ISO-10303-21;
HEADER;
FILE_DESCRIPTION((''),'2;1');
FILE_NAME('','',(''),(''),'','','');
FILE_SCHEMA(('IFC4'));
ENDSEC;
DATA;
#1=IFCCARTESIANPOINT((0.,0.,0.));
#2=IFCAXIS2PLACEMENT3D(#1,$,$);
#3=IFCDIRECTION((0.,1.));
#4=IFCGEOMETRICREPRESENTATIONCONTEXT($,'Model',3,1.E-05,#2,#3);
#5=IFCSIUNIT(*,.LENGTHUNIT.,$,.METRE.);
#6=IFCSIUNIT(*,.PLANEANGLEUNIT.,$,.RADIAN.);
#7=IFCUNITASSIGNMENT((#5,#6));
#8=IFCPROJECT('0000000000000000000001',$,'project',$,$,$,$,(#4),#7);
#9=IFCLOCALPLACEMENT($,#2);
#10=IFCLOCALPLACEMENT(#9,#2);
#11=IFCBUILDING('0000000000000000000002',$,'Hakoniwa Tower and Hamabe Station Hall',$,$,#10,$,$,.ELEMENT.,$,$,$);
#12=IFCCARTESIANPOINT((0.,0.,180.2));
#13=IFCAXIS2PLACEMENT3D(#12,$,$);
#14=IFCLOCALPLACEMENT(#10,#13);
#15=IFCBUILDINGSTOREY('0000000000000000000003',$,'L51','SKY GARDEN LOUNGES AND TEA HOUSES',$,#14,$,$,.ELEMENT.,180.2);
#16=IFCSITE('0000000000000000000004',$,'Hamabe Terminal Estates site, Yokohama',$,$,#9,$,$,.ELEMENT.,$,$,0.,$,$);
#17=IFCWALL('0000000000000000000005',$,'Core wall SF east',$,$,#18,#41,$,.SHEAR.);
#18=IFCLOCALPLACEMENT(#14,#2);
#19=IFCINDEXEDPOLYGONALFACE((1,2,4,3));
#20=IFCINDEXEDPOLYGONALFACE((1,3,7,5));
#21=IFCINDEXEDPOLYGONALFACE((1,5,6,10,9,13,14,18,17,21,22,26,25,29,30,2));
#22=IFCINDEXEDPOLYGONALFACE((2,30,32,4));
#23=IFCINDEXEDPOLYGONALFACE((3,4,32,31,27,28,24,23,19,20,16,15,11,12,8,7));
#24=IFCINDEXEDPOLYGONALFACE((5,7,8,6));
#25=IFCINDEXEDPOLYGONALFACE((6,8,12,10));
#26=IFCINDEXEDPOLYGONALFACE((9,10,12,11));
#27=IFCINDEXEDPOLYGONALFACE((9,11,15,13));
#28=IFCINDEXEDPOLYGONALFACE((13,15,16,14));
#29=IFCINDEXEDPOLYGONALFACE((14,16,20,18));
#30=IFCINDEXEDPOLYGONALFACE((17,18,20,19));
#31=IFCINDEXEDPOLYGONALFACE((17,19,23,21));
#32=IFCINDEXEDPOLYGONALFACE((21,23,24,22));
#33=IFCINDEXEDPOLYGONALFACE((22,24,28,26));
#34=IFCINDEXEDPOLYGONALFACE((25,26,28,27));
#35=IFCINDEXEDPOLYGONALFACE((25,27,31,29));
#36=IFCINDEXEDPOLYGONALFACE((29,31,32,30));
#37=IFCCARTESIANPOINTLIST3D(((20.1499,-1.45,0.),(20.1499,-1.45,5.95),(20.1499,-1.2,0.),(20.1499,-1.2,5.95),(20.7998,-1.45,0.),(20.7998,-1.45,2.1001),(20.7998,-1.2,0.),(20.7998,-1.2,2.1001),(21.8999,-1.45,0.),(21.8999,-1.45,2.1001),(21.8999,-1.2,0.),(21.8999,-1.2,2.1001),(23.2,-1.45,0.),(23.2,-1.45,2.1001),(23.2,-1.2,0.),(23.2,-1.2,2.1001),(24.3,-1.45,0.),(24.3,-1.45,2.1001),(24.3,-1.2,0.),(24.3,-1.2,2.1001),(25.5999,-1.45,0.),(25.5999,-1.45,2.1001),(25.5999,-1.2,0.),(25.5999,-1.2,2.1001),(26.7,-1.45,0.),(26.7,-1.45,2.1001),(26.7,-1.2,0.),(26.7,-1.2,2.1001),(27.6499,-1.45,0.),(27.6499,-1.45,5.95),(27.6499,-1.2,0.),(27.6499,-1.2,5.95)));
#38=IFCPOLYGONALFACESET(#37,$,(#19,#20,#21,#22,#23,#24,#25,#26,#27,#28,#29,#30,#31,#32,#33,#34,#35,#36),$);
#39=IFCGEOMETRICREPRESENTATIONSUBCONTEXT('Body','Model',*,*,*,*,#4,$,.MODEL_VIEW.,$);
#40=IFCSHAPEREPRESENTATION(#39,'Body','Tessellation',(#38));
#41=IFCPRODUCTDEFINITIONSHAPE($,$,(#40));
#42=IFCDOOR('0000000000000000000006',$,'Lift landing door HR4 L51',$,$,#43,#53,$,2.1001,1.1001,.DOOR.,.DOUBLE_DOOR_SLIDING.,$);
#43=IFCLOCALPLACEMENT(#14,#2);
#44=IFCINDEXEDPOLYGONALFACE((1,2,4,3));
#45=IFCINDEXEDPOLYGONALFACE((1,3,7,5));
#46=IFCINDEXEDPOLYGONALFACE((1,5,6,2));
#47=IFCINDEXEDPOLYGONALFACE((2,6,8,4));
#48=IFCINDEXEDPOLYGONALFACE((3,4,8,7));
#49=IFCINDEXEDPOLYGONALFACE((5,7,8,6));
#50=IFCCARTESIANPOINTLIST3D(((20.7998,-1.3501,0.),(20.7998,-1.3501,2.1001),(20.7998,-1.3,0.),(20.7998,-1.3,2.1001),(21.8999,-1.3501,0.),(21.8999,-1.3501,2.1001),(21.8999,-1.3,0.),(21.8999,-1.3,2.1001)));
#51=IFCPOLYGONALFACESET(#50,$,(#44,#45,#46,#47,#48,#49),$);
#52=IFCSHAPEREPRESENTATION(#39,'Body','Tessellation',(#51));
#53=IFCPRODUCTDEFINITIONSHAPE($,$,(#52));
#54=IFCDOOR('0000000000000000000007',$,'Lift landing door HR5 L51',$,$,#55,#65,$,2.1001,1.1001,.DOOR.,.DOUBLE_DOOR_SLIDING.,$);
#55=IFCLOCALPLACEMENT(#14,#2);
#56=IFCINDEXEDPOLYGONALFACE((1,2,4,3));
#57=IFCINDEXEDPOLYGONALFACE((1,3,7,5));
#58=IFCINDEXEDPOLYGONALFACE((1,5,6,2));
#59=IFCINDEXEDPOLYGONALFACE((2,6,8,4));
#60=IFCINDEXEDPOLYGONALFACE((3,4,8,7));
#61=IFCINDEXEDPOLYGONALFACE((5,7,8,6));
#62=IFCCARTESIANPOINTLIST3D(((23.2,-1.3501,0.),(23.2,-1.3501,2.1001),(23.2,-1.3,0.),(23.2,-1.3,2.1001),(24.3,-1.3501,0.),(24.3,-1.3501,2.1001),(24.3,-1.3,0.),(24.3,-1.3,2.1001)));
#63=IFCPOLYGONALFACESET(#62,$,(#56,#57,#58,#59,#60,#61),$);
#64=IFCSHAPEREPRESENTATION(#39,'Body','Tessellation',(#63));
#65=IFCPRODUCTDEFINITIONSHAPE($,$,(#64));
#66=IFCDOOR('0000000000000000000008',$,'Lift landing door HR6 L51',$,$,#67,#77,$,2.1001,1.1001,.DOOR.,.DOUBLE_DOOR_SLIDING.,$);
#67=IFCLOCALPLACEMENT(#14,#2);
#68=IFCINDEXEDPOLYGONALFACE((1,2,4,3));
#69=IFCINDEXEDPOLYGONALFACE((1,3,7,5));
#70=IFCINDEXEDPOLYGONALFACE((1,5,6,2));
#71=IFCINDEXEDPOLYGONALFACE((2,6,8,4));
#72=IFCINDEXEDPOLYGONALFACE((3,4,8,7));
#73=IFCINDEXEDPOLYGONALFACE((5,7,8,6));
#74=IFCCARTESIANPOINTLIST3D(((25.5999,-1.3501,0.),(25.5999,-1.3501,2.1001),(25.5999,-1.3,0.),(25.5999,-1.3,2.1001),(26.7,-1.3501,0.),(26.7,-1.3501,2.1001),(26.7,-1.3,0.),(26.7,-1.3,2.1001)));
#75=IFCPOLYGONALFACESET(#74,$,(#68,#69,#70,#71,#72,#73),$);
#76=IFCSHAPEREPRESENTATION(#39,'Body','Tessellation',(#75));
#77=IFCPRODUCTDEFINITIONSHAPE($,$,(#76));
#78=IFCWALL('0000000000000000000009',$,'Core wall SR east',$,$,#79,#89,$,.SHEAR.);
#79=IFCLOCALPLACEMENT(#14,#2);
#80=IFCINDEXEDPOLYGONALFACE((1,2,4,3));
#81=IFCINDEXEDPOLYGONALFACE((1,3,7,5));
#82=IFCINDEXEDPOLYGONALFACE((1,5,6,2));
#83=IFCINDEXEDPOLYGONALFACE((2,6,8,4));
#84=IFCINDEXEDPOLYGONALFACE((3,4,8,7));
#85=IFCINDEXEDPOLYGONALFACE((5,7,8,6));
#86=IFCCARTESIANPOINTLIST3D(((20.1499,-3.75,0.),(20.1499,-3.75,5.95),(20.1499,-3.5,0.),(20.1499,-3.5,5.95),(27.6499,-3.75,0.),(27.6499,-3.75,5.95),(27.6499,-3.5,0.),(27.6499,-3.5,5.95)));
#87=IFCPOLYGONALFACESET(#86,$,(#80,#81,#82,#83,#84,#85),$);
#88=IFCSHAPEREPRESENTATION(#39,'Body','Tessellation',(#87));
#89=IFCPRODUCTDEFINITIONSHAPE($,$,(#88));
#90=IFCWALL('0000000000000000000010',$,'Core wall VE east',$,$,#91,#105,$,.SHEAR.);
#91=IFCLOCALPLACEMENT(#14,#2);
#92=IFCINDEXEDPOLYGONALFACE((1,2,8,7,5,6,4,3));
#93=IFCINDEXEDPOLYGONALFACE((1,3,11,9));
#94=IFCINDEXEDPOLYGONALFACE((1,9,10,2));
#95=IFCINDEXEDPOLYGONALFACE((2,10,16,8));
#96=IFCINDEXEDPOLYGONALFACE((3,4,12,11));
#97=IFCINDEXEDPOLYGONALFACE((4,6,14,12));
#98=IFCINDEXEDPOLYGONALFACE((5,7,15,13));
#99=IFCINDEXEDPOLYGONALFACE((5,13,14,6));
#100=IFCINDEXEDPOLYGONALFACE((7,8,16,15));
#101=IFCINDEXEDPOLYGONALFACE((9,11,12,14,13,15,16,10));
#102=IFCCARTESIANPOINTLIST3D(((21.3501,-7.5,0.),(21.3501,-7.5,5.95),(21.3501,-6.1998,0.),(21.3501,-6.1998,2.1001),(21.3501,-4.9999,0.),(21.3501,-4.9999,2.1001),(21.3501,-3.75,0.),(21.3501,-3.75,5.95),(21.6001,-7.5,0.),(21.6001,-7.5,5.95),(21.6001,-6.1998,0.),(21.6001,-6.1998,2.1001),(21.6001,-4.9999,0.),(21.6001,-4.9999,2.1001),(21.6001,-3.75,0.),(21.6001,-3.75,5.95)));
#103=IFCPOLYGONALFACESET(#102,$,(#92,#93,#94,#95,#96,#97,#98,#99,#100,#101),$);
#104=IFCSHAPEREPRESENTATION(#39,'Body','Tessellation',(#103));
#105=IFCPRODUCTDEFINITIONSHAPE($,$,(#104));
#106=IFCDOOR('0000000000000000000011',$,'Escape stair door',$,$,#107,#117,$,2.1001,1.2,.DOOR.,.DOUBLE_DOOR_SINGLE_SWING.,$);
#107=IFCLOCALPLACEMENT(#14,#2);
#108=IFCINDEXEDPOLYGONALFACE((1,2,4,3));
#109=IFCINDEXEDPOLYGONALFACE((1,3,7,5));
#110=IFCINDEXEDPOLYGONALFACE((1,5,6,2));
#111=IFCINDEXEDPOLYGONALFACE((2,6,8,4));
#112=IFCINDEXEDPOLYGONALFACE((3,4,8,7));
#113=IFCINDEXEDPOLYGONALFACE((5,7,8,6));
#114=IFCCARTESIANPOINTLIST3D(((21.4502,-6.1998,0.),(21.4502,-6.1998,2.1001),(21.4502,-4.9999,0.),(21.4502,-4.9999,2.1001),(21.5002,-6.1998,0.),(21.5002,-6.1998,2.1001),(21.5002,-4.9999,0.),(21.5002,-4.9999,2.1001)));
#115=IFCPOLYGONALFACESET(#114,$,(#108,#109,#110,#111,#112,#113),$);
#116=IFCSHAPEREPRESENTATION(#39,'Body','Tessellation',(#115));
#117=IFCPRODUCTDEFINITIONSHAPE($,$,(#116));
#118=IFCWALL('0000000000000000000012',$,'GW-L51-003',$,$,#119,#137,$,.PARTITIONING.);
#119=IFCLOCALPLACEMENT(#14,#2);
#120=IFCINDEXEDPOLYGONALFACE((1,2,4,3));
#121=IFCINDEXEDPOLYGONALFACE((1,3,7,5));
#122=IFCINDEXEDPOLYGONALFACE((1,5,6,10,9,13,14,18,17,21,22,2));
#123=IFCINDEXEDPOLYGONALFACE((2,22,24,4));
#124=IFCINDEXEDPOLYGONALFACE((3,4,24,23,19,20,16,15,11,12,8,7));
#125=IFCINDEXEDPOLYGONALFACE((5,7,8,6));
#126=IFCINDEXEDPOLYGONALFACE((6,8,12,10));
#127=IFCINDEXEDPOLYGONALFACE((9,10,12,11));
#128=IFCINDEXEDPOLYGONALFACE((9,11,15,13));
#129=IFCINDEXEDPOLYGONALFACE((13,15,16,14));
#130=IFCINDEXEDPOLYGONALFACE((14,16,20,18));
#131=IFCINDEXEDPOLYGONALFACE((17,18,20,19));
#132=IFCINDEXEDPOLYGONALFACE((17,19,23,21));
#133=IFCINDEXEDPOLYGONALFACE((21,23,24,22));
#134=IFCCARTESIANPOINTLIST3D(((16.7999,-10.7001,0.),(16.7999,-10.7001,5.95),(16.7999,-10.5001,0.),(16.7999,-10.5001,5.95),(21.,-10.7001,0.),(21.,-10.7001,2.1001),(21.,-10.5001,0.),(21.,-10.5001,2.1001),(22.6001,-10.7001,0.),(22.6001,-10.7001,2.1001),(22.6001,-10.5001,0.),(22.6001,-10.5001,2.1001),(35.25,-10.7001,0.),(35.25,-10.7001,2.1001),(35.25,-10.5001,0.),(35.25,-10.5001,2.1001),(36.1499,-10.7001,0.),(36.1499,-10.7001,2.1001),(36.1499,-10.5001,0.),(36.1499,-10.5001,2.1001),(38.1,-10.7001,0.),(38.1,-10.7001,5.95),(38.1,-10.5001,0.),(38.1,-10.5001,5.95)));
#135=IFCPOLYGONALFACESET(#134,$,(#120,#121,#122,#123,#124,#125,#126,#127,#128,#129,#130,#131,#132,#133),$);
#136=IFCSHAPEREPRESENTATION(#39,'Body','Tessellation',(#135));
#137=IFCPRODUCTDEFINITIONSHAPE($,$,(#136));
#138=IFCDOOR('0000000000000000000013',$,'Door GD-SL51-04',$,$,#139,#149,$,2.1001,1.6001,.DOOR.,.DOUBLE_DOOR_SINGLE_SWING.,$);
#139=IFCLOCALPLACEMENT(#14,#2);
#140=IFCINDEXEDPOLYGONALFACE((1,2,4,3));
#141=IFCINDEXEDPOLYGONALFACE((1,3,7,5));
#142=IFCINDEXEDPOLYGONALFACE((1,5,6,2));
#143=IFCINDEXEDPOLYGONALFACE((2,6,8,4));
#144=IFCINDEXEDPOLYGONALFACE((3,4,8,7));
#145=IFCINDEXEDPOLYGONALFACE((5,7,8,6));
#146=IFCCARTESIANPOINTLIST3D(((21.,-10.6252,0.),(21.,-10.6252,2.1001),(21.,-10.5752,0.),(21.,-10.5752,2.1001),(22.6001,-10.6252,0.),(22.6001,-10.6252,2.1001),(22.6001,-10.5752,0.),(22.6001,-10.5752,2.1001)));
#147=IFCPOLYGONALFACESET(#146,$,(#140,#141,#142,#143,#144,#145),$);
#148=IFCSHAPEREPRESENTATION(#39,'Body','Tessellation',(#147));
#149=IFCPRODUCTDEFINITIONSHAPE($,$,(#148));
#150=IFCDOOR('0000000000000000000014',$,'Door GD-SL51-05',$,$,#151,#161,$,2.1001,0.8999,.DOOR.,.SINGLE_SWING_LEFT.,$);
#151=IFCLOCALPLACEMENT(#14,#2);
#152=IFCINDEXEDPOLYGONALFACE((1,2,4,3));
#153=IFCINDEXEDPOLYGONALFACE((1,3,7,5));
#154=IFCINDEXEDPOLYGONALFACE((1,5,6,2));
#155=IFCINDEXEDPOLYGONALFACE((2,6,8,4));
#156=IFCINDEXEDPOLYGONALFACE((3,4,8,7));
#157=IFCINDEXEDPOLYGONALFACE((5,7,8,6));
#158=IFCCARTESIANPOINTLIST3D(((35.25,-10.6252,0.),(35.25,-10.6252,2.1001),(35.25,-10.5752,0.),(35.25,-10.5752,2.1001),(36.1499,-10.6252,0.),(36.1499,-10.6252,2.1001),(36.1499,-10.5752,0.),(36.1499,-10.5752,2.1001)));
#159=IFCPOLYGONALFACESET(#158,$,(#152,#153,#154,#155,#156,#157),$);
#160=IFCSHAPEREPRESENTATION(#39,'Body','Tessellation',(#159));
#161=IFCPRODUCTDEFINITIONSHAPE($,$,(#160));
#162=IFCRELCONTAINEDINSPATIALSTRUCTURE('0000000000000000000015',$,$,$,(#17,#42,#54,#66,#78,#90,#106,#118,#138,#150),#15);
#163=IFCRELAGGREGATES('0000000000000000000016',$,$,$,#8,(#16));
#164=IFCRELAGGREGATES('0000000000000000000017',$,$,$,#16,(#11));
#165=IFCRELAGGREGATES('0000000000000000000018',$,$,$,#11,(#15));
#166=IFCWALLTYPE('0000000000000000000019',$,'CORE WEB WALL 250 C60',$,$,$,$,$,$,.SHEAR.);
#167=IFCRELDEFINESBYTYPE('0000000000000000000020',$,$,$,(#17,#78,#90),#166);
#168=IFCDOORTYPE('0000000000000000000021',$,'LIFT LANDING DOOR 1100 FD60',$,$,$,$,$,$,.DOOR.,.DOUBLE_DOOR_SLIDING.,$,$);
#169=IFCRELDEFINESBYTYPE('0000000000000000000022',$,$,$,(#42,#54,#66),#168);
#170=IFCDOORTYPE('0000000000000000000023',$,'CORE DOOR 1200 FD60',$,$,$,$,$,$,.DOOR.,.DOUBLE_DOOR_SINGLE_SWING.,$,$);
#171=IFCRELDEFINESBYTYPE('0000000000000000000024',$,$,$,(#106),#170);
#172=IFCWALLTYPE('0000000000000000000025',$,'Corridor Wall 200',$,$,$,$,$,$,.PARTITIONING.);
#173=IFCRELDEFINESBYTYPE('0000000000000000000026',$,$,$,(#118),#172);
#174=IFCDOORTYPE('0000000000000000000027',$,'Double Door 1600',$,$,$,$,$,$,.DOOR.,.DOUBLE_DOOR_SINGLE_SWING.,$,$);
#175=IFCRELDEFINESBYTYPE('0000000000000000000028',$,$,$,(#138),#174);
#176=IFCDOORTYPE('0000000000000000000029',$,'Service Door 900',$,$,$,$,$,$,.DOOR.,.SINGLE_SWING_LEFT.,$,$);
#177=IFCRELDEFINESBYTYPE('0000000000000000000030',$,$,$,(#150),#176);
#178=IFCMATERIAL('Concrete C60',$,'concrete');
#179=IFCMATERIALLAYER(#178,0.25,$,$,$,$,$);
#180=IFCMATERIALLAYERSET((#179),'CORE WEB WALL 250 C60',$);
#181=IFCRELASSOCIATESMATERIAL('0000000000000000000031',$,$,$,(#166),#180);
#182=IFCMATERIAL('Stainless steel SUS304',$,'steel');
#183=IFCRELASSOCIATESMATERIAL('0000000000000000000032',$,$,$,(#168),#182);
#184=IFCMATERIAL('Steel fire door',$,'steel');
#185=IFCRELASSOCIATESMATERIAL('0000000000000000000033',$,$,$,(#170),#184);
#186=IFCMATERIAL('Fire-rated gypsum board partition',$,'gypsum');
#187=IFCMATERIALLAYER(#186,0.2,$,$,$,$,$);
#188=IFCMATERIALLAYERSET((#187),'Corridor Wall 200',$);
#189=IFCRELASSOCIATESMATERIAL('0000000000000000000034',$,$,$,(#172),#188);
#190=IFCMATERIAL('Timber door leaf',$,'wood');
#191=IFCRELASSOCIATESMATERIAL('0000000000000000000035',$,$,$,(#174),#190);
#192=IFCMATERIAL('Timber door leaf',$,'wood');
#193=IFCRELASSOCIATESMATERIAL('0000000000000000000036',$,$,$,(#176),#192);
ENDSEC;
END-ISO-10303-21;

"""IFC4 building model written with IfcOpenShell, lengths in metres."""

from ifc_helpers import new_model, si_unit, direction, frame, frame_2d, origin, place, context, subcontext, project, spatial, rectangle, extrude, material, layer, layer_set, type_object, element, fill, save


model = new_model("IFC4")

# Units and contexts
model_context = context("Model", 3, precision=1e-05, world=origin(), true_north=direction((0.0, 1.0)))
body_context = subcontext(model_context, "Body", "Model", "MODEL_VIEW")
ifc_project = project(units=[si_unit("LENGTHUNIT", "METRE"), si_unit("PLANEANGLEUNIT", "RADIAN")], contexts=[model_context])

# Site, building, storey
site_placement = place(None, origin())
site = spatial("IfcSite", under=ifc_project, at=site_placement, Name="Hamabe Terminal Estates site, Yokohama", CompositionType="ELEMENT", RefElevation=0.0)
building_placement = place(site_placement, origin())
building = spatial("IfcBuilding", under=site, at=building_placement, Name="Hakoniwa Tower and Hamabe Station Hall", CompositionType="ELEMENT")
storey_placement = place(building_placement, frame((0.0, 0.0, 180.2)))
storey = spatial("IfcBuildingStorey", under=building, at=storey_placement, Name="L51", Description="SKY GARDEN LOUNGES AND TEA HOUSES", CompositionType="ELEMENT", Elevation=180.2)

# Shared definitions
ifc_material_1 = material(Name="Concrete C60", Category="concrete")
ifc_layer_1 = layer(ifc_material_1, 0.25)
ifc_layer_set_1 = layer_set([ifc_layer_1], Name="CORE WEB WALL 250 C60")
wall_type_1 = type_object("IfcWallType", Name="CORE WEB WALL 250 C60", PredefinedType="SHEAR", material=ifc_layer_set_1)

# Wall, openings, doors
wall_1_placement = place(storey_placement, frame((20.1499, -1.325, 0.0), z_axis=(0.0, 0.0, 1.0), x_axis=(1.0, 0.0, 0.0)))
wall_1 = element("IfcWall", 1, at=wall_1_placement, inside=storey, type_object=wall_type_1, Name="Core wall SF east", PredefinedType="SHEAR", context=body_context, shape_type="SweptSolid", body=[
    extrude(rectangle(XDim=7.5, YDim=0.25, at=frame_2d((3.75, 0.0))), origin(), (0.0, 0.0, 1.0), 5.95),
])
opening_1_placement = place(wall_1_placement, frame((0.6499, 0.0, 0.0)))
opening_1 = element("IfcOpeningElement", 2, at=opening_1_placement, cuts=wall_1, PredefinedType="OPENING", context=body_context, shape_type="SweptSolid", body=[
    extrude(rectangle(XDim=1.1001, YDim=2.1001, at=frame_2d((0.55, 1.05))), frame((0.0, 0.135, 0.0), z_axis=(0.0, -1.0, 0.0), x_axis=(1.0, 0.0, 0.0)), (0.0, 0.0, 1.0), 0.27),
])
opening_2_placement = place(wall_1_placement, frame((3.05, 0.0, 0.0)))
opening_2 = element("IfcOpeningElement", 3, at=opening_2_placement, cuts=wall_1, PredefinedType="OPENING", context=body_context, shape_type="SweptSolid", body=[
    extrude(rectangle(XDim=1.1001, YDim=2.1001, at=frame_2d((0.55, 1.05))), frame((0.0, 0.135, 0.0), z_axis=(0.0, -1.0, 0.0), x_axis=(1.0, 0.0, 0.0)), (0.0, 0.0, 1.0), 0.27),
])
opening_3_placement = place(wall_1_placement, frame((5.45, 0.0, 0.0)))
opening_3 = element("IfcOpeningElement", 4, at=opening_3_placement, cuts=wall_1, PredefinedType="OPENING", context=body_context, shape_type="SweptSolid", body=[
    extrude(rectangle(XDim=1.1001, YDim=2.1001, at=frame_2d((0.55, 1.05))), frame((0.0, 0.135, 0.0), z_axis=(0.0, -1.0, 0.0), x_axis=(1.0, 0.0, 0.0)), (0.0, 0.0, 1.0), 0.27),
])
ifc_material_2 = material(Name="Stainless steel SUS304", Category="steel")
door_type_1 = type_object("IfcDoorType", Name="LIFT LANDING DOOR 1100 FD60", OperationType="DOUBLE_DOOR_SLIDING", PredefinedType="DOOR", material=ifc_material_2)
door_1_placement = place(opening_1_placement, origin())
door_1 = element("IfcDoor", 5, at=door_1_placement, inside=storey, type_object=door_type_1, Name="Lift landing door HR4 L51", OperationType="DOUBLE_DOOR_SLIDING", OverallHeight=2.1001, OverallWidth=1.1001, PredefinedType="DOOR", context=body_context, shape_type="SweptSolid", body=[
    extrude(rectangle(XDim=1.1001, YDim=2.1001, at=frame_2d((0.55, 1.05))), frame((0.0, 0.0249, 0.0), z_axis=(0.0, -1.0, 0.0), x_axis=(1.0, 0.0, 0.0)), (0.0, 0.0, 1.0), 0.05),
])
fill(opening_1, door_1)
door_2_placement = place(opening_2_placement, origin())
door_2 = element("IfcDoor", 6, at=door_2_placement, inside=storey, type_object=door_type_1, Name="Lift landing door HR5 L51", OperationType="DOUBLE_DOOR_SLIDING", OverallHeight=2.1001, OverallWidth=1.1001, PredefinedType="DOOR", context=body_context, shape_type="SweptSolid", body=[
    extrude(rectangle(XDim=1.1001, YDim=2.1001, at=frame_2d((0.55, 1.05))), frame((0.0, 0.0249, 0.0), z_axis=(0.0, -1.0, 0.0), x_axis=(1.0, 0.0, 0.0)), (0.0, 0.0, 1.0), 0.05),
])
fill(opening_2, door_2)
door_3_placement = place(opening_3_placement, origin())
door_3 = element("IfcDoor", 7, at=door_3_placement, inside=storey, type_object=door_type_1, Name="Lift landing door HR6 L51", OperationType="DOUBLE_DOOR_SLIDING", OverallHeight=2.1001, OverallWidth=1.1001, PredefinedType="DOOR", context=body_context, shape_type="SweptSolid", body=[
    extrude(rectangle(XDim=1.1001, YDim=2.1001, at=frame_2d((0.55, 1.05))), frame((0.0, 0.0249, 0.0), z_axis=(0.0, -1.0, 0.0), x_axis=(1.0, 0.0, 0.0)), (0.0, 0.0, 1.0), 0.05),
])
fill(opening_3, door_3)

# Wall
wall_2_placement = place(storey_placement, frame((20.1499, -3.625, 0.0), z_axis=(0.0, 0.0, 1.0), x_axis=(1.0, 0.0, 0.0)))
element("IfcWall", 8, at=wall_2_placement, inside=storey, type_object=wall_type_1, Name="Core wall SR east", PredefinedType="SHEAR", context=body_context, shape_type="SweptSolid", body=[
    extrude(rectangle(XDim=7.5, YDim=0.25, at=frame_2d((3.75, 0.0))), origin(), (0.0, 0.0, 1.0), 5.95),
])

# Wall, opening, door
wall_3_placement = place(storey_placement, frame((21.4751, -7.5, 0.0), z_axis=(0.0, 0.0, 1.0), x_axis=(0.0, 1.0, 0.0)))
wall_3 = element("IfcWall", 9, at=wall_3_placement, inside=storey, type_object=wall_type_1, Name="Core wall VE east", PredefinedType="SHEAR", context=body_context, shape_type="SweptSolid", body=[
    extrude(rectangle(XDim=3.75, YDim=0.25, at=frame_2d((1.875, 0.0))), origin(), (0.0, 0.0, 1.0), 5.95),
])
opening_4_placement = place(wall_3_placement, frame((1.3, 0.0, 0.0)))
opening_4 = element("IfcOpeningElement", 10, at=opening_4_placement, cuts=wall_3, PredefinedType="OPENING", context=body_context, shape_type="SweptSolid", body=[
    extrude(rectangle(XDim=1.2, YDim=2.1001, at=frame_2d((0.6001, 1.05))), frame((0.0, 0.135, 0.0), z_axis=(0.0, -1.0, 0.0), x_axis=(1.0, 0.0, 0.0)), (0.0, 0.0, 1.0), 0.27),
])
ifc_material_3 = material(Name="Steel fire door", Category="steel")
door_type_2 = type_object("IfcDoorType", Name="CORE DOOR 1200 FD60", OperationType="DOUBLE_DOOR_SINGLE_SWING", PredefinedType="DOOR", material=ifc_material_3)
door_4_placement = place(opening_4_placement, origin())
door_4 = element("IfcDoor", 11, at=door_4_placement, inside=storey, type_object=door_type_2, Name="Escape stair door", OperationType="DOUBLE_DOOR_SINGLE_SWING", OverallHeight=2.1001, OverallWidth=1.2, PredefinedType="DOOR", context=body_context, shape_type="SweptSolid", body=[
    extrude(rectangle(XDim=1.2, YDim=2.1001, at=frame_2d((0.6001, 1.05))), frame((0.0, 0.0249, 0.0), z_axis=(0.0, -1.0, 0.0), x_axis=(1.0, 0.0, 0.0)), (0.0, 0.0, 1.0), 0.05),
])
fill(opening_4, door_4)

# Wall, openings, doors
ifc_material_4 = material(Name="Fire-rated gypsum board partition", Category="gypsum")
ifc_layer_2 = layer(ifc_material_4, 0.2)
ifc_layer_set_2 = layer_set([ifc_layer_2], Name="Corridor Wall 200")
wall_type_2 = type_object("IfcWallType", Name="Corridor Wall 200", PredefinedType="PARTITIONING", material=ifc_layer_set_2)
wall_4_placement = place(storey_placement, frame((16.8, -10.6001, 0.0), z_axis=(0.0, 0.0, 1.0), x_axis=(1.0, 0.0, 0.0)))
wall_4 = element("IfcWall", 12, at=wall_4_placement, inside=storey, type_object=wall_type_2, Name="GW-L51-003", PredefinedType="PARTITIONING", context=body_context, shape_type="SweptSolid", body=[
    extrude(rectangle(XDim=21.3, YDim=0.2, at=frame_2d((10.6499, 0.0))), origin(), (0.0, 0.0, 1.0), 5.95),
])
opening_5_placement = place(wall_4_placement, frame((4.2, 0.0, 0.0)))
opening_5 = element("IfcOpeningElement", 13, at=opening_5_placement, cuts=wall_4, PredefinedType="OPENING", context=body_context, shape_type="SweptSolid", body=[
    extrude(rectangle(XDim=1.6001, YDim=2.1001, at=frame_2d((0.8, 1.05))), frame((0.0, 0.1099, 0.0), z_axis=(0.0, -1.0, 0.0), x_axis=(1.0, 0.0, 0.0)), (0.0, 0.0, 1.0), 0.22),
])
opening_6_placement = place(wall_4_placement, frame((18.45, 0.0, 0.0)))
opening_6 = element("IfcOpeningElement", 14, at=opening_6_placement, cuts=wall_4, PredefinedType="OPENING", context=body_context, shape_type="SweptSolid", body=[
    extrude(rectangle(XDim=0.8999, YDim=2.1001, at=frame_2d((0.45, 1.05))), frame((0.0, 0.1099, 0.0), z_axis=(0.0, -1.0, 0.0), x_axis=(1.0, 0.0, 0.0)), (0.0, 0.0, 1.0), 0.22),
])
ifc_material_5 = material(Name="Timber door leaf", Category="wood")
door_type_3 = type_object("IfcDoorType", Name="Double Door 1600", OperationType="DOUBLE_DOOR_SINGLE_SWING", PredefinedType="DOOR", material=ifc_material_5)
door_5_placement = place(opening_5_placement, origin())
door_5 = element("IfcDoor", 15, at=door_5_placement, inside=storey, type_object=door_type_3, Name="Door GD-SL51-04", OperationType="DOUBLE_DOOR_SINGLE_SWING", OverallHeight=2.1001, OverallWidth=1.6001, PredefinedType="DOOR", context=body_context, shape_type="SweptSolid", body=[
    extrude(rectangle(XDim=1.6001, YDim=2.1001, at=frame_2d((0.8, 1.05))), frame((0.0, 0.0249, 0.0), z_axis=(0.0, -1.0, 0.0), x_axis=(1.0, 0.0, 0.0)), (0.0, 0.0, 1.0), 0.05),
])
fill(opening_5, door_5)
ifc_material_6 = material(Name="Timber door leaf", Category="wood")
door_type_4 = type_object("IfcDoorType", Name="Service Door 900", OperationType="SINGLE_SWING_LEFT", PredefinedType="DOOR", material=ifc_material_6)
door_6_placement = place(opening_6_placement, origin())
door_6 = element("IfcDoor", 16, at=door_6_placement, inside=storey, type_object=door_type_4, Name="Door GD-SL51-05", OperationType="SINGLE_SWING_LEFT", OverallHeight=2.1001, OverallWidth=0.8999, PredefinedType="DOOR", context=body_context, shape_type="SweptSolid", body=[
    extrude(rectangle(XDim=0.8999, YDim=2.1001, at=frame_2d((0.45, 1.05))), frame((0.0, 0.0249, 0.0), z_axis=(0.0, -1.0, 0.0), x_axis=(1.0, 0.0, 0.0)), (0.0, 0.0, 1.0), 0.05),
])
fill(opening_6, door_6)

save(model, "model.ifc")
